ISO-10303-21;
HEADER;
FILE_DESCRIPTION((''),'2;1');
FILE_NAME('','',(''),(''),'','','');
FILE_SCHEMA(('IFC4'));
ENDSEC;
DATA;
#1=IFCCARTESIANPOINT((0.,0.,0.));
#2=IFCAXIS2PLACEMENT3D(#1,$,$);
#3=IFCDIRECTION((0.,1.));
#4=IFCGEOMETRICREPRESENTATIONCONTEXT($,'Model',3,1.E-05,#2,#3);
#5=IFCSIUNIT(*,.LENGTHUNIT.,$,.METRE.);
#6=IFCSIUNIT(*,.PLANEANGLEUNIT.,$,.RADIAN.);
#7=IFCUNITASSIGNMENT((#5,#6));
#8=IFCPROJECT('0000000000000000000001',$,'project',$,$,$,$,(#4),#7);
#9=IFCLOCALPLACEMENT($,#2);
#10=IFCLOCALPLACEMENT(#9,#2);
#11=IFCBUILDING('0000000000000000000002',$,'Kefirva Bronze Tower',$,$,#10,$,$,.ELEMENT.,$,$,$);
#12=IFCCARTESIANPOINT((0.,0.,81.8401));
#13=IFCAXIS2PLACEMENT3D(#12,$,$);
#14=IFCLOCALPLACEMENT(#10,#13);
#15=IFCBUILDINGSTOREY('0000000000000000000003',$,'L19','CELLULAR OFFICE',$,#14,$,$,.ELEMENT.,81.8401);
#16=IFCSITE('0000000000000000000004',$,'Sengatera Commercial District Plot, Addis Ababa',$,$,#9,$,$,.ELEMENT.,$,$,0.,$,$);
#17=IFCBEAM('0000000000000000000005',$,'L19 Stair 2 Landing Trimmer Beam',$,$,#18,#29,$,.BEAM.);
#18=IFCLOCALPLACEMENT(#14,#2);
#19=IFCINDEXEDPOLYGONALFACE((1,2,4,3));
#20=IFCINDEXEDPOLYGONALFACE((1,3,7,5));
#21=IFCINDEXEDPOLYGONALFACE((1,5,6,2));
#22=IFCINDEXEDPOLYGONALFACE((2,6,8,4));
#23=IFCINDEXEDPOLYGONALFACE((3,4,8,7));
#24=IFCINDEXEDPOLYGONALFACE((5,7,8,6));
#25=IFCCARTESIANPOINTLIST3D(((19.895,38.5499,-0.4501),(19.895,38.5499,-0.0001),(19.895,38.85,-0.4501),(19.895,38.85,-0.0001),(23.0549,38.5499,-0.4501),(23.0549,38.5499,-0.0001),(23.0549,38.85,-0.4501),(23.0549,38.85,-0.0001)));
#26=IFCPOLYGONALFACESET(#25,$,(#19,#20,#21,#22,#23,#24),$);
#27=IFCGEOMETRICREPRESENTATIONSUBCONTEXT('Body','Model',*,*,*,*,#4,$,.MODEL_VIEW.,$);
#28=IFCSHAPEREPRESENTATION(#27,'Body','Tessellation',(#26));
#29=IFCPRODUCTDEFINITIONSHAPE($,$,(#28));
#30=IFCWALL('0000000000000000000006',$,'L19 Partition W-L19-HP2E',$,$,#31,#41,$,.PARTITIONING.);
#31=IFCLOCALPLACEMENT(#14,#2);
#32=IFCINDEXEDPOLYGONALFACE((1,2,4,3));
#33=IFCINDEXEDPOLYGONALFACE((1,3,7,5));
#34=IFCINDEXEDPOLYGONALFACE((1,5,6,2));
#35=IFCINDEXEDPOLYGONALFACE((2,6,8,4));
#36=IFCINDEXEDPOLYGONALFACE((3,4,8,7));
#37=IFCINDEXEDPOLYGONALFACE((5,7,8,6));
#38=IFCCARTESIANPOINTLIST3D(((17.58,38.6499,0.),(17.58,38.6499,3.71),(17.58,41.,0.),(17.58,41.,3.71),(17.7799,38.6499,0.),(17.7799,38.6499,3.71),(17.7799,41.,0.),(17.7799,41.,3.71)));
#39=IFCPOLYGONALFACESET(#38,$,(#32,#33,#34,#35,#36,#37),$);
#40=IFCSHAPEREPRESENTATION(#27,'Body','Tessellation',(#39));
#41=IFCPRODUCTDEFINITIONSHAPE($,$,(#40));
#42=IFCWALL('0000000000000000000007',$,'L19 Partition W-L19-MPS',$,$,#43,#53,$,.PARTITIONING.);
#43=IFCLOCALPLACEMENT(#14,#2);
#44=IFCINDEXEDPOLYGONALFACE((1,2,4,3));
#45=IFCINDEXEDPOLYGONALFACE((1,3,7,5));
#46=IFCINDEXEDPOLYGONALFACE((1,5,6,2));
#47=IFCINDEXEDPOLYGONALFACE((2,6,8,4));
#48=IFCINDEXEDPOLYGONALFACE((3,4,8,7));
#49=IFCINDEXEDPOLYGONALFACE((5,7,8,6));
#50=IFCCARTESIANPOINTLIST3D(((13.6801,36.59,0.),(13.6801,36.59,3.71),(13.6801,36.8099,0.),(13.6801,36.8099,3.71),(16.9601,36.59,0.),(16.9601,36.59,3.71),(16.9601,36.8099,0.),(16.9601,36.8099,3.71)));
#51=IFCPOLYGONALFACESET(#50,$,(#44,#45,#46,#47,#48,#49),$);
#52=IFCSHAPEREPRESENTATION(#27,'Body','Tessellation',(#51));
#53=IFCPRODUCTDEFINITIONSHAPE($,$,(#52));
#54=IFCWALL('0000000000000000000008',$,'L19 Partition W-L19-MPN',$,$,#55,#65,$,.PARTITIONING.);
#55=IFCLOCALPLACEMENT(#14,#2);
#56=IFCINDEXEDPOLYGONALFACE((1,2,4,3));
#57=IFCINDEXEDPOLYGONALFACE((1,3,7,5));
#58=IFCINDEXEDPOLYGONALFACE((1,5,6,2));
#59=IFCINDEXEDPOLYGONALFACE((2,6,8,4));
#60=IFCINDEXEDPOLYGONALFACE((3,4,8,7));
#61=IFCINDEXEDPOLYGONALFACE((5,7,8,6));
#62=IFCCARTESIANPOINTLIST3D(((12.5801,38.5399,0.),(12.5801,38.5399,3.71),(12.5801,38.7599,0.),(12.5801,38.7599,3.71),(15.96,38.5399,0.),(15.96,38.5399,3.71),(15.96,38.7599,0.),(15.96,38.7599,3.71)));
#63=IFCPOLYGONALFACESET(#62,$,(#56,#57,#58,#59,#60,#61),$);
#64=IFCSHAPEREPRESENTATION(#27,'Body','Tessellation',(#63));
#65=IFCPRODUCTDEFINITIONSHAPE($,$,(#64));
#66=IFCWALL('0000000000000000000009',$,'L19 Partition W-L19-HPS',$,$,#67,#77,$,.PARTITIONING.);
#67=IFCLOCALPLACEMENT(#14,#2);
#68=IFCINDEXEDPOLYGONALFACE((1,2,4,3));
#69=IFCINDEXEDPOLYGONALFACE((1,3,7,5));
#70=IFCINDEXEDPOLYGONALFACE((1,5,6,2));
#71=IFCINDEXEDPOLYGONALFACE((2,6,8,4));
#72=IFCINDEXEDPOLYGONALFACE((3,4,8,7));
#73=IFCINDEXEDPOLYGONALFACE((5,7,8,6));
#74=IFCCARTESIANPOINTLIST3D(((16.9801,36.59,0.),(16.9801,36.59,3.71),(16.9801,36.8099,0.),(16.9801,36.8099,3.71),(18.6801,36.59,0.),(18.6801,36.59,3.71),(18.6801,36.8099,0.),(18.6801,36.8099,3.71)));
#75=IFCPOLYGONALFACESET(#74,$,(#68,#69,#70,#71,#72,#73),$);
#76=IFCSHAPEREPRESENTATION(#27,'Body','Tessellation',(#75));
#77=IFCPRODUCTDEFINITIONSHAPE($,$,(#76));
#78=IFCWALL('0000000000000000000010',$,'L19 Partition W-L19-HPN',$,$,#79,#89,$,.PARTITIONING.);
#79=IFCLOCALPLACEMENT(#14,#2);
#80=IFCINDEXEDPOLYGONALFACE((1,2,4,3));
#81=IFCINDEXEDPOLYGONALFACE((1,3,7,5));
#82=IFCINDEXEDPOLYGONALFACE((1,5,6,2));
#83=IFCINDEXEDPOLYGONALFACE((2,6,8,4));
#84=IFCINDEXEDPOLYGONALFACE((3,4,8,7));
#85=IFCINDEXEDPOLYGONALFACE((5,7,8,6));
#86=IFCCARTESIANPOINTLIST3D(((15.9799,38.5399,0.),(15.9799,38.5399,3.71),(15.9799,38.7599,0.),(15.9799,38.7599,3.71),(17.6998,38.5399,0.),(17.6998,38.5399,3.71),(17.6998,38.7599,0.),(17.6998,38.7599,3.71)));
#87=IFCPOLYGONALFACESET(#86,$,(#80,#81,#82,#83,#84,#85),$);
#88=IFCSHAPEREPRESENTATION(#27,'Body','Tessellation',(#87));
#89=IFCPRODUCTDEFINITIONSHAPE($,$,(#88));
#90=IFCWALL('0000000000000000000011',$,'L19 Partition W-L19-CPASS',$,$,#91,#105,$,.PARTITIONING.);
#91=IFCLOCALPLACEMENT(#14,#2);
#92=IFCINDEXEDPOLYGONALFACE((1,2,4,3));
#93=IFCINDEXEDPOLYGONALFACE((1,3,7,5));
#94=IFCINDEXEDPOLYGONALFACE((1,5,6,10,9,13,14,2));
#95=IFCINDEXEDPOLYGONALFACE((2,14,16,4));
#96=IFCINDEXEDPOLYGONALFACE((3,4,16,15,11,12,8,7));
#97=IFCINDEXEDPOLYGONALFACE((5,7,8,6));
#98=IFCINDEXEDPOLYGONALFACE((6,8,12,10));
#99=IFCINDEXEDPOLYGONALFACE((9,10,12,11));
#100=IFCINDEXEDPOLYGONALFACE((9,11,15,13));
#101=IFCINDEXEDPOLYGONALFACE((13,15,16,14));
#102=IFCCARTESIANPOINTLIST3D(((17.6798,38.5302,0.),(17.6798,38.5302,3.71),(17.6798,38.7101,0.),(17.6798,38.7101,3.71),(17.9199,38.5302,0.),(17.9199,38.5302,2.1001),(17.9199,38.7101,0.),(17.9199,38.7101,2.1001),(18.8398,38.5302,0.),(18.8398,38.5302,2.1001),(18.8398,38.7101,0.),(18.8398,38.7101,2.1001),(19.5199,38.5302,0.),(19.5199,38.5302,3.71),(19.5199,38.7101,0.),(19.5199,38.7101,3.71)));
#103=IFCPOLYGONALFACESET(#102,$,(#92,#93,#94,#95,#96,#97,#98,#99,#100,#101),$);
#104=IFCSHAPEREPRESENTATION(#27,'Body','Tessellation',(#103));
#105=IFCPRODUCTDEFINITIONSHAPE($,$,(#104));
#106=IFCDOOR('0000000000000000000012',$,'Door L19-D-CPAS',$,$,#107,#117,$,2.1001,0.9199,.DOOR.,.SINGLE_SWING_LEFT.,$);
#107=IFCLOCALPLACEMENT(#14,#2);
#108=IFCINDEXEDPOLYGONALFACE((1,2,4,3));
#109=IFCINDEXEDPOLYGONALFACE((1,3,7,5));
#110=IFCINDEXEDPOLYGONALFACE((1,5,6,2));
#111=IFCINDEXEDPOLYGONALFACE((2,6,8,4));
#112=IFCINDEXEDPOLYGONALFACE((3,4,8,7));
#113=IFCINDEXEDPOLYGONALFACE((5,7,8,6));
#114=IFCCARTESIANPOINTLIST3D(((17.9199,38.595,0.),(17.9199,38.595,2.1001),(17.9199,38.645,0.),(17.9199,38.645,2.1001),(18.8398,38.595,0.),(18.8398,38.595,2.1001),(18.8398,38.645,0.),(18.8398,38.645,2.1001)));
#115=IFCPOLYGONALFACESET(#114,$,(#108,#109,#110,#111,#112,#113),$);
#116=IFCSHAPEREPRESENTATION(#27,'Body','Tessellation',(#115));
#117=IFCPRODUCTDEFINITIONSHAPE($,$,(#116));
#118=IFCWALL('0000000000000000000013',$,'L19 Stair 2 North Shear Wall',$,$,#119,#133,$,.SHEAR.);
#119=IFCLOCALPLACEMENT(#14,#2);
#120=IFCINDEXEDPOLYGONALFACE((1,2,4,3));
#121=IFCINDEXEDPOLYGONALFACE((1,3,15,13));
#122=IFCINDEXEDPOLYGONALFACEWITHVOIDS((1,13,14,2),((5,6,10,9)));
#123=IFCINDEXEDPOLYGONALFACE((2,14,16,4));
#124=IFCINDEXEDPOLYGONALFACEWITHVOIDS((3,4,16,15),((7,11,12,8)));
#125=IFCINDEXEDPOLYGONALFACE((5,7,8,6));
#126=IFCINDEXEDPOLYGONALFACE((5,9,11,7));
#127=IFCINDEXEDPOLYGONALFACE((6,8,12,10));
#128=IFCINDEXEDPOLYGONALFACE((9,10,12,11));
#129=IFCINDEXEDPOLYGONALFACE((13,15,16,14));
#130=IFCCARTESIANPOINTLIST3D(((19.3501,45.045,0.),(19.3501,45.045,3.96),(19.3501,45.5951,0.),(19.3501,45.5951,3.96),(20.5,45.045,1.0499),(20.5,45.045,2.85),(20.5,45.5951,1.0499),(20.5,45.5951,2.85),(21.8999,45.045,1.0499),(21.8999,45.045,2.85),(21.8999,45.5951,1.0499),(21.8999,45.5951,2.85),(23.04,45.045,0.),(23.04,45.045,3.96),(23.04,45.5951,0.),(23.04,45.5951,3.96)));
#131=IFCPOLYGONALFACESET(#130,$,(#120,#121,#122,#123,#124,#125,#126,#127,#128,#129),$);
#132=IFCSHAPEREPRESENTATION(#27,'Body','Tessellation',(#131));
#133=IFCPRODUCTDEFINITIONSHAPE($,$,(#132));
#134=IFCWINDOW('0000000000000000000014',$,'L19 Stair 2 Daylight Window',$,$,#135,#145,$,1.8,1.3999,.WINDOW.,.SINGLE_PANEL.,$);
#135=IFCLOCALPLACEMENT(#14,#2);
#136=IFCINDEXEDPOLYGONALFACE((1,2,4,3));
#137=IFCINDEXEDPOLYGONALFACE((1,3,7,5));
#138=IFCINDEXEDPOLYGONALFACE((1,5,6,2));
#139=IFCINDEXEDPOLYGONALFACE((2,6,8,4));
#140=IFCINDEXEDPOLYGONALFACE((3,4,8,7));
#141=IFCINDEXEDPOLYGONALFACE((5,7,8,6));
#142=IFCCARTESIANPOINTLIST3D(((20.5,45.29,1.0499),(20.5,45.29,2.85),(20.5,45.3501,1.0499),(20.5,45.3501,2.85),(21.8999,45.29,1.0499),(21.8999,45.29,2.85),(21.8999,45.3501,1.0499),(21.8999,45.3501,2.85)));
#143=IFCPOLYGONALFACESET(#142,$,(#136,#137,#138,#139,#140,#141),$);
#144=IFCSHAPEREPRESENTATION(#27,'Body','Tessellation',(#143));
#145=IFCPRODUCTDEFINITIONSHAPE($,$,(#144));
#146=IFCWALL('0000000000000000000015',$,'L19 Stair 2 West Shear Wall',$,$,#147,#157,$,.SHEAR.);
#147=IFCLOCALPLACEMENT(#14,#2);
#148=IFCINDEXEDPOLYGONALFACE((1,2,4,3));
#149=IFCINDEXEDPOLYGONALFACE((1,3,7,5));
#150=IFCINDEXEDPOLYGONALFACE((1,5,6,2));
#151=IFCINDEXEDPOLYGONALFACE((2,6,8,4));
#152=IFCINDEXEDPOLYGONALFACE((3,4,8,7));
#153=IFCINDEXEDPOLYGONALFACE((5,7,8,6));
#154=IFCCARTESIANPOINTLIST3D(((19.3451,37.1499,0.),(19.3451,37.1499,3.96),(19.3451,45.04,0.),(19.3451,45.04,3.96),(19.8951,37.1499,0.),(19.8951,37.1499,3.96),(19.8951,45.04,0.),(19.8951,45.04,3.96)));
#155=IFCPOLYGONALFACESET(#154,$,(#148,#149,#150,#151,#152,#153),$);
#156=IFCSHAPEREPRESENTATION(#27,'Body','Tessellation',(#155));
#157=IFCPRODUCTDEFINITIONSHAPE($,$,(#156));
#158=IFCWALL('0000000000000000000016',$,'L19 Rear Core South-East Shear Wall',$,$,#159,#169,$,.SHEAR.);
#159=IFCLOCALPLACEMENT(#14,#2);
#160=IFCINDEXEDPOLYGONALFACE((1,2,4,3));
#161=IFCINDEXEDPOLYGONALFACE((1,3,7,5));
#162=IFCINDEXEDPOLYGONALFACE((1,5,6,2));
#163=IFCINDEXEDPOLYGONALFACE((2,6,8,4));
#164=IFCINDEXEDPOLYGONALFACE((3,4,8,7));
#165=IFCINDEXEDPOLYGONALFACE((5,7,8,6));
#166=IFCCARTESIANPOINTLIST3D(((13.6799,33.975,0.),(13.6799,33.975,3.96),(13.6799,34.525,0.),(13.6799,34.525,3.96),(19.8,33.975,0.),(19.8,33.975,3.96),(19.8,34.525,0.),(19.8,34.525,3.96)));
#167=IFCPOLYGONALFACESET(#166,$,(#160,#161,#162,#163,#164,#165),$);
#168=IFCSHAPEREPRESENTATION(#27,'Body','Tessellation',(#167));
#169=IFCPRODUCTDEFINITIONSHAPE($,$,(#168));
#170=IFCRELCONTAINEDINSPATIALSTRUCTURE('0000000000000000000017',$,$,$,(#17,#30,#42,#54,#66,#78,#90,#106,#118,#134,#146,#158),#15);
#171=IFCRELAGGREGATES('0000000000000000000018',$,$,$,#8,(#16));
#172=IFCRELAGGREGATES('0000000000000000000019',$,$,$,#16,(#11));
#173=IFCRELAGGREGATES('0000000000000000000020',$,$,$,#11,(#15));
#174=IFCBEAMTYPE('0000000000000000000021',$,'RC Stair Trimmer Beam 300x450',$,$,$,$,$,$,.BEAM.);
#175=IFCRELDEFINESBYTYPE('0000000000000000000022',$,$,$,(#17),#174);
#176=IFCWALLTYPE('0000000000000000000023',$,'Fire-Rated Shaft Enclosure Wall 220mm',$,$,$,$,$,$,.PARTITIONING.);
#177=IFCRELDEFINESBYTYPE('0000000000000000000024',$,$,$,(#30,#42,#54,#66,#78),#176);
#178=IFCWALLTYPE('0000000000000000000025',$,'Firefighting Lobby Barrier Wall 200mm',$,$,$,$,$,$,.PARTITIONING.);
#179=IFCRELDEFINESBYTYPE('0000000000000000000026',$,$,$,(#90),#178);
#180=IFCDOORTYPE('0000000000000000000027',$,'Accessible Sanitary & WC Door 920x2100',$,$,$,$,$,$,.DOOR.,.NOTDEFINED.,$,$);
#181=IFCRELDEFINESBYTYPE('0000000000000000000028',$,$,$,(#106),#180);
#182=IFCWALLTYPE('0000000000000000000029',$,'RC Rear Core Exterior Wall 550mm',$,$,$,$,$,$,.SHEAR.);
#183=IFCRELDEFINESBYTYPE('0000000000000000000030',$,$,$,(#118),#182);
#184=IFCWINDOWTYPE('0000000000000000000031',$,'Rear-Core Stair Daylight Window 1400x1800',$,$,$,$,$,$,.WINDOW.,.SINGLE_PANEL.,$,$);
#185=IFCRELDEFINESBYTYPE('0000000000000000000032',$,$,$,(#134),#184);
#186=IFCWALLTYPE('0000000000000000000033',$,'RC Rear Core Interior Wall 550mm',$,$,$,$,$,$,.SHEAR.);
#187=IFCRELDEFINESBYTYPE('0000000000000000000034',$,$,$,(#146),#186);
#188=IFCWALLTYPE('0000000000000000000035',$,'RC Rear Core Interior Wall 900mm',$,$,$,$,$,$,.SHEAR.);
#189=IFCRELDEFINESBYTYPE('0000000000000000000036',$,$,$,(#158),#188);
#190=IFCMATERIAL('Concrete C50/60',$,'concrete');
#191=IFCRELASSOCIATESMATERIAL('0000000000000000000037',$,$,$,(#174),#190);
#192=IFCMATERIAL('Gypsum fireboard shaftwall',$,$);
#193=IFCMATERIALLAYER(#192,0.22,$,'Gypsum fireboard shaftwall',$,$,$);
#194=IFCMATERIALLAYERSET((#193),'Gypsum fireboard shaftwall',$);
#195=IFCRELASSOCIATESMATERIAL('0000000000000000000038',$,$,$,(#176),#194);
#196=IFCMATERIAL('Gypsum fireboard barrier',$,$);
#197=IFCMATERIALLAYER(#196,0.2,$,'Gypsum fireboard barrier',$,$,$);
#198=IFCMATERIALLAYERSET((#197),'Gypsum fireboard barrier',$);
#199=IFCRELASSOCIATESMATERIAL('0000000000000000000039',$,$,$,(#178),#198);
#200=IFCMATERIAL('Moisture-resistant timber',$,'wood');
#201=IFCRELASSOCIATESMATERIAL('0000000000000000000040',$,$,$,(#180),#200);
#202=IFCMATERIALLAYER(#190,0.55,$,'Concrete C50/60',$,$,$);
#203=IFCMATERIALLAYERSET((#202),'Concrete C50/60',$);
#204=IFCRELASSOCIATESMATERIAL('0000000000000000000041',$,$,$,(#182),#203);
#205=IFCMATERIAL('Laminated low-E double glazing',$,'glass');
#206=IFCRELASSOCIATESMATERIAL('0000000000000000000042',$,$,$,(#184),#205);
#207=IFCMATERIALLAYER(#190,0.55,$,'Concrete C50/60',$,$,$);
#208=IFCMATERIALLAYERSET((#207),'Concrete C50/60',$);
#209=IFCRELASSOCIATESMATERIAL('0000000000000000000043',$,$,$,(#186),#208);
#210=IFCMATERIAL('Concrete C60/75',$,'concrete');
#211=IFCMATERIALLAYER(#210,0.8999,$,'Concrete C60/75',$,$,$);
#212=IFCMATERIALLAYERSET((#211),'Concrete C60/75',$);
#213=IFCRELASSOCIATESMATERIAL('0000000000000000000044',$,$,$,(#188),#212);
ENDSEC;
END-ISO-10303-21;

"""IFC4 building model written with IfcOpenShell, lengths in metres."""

from ifc_helpers import new_model, si_unit, direction, frame, frame_2d, origin, origin_2d, place, context, subcontext, project, spatial, rectangle, extrude, material, layer, layer_set, material_profile, profile_set, type_object, element, fill, save


model = new_model("IFC4")

# Units and contexts
model_context = context("Model", 3, precision=1e-05, world=origin(), true_north=direction((0.0, 1.0)))
body_context = subcontext(model_context, "Body", "Model", "MODEL_VIEW")
ifc_project = project(units=[si_unit("LENGTHUNIT", "METRE"), si_unit("PLANEANGLEUNIT", "RADIAN")], contexts=[model_context])

# Site, building, storey
site_placement = place(None, origin())
site = spatial("IfcSite", under=ifc_project, at=site_placement, Name="Sengatera Commercial District Plot, Addis Ababa", CompositionType="ELEMENT", RefElevation=0.0)
building_placement = place(site_placement, origin())
building = spatial("IfcBuilding", under=site, at=building_placement, Name="Kefirva Bronze Tower", CompositionType="ELEMENT")
storey_placement = place(building_placement, frame((0.0, 0.0, 81.8401)))
storey = spatial("IfcBuildingStorey", under=building, at=storey_placement, Name="L19", Description="CELLULAR OFFICE", CompositionType="ELEMENT", Elevation=81.8401)

# Beam
ifc_material_1 = material(Name="Concrete C50/60", Category="concrete")
ifc_material_profile = material_profile(ifc_material_1, rectangle(XDim=0.3, YDim=0.45, at=origin_2d()), Name="RC 300x450")
ifc_profile_set = profile_set([ifc_material_profile], Name="Concrete C50/60")
beam_type = type_object("IfcBeamType", Name="RC Stair Trimmer Beam 300x450", PredefinedType="BEAM", material=ifc_profile_set)
beam_placement = place(storey_placement, frame((19.895, 38.7, -0.2251), z_axis=(1.0, 0.0, 0.0), x_axis=(0.0, 1.0, 0.0)))
element("IfcBeam", 1, at=beam_placement, inside=storey, type_object=beam_type, Name="L19 Stair 2 Landing Trimmer Beam", PredefinedType="BEAM", context=body_context, shape_type="SweptSolid", body=[
    extrude(rectangle(XDim=0.3, YDim=0.45, at=origin_2d()), origin(), (0.0, 0.0, 1.0), 3.1599),
])

# Walls
ifc_material_2 = material(Name="Gypsum fireboard shaftwall")
ifc_layer_1 = layer(ifc_material_2, 0.22, Name="Gypsum fireboard shaftwall")
ifc_layer_set_1 = layer_set([ifc_layer_1], Name="Gypsum fireboard shaftwall")
wall_type_1 = type_object("IfcWallType", Name="Fire-Rated Shaft Enclosure Wall 220mm", PredefinedType="PARTITIONING", material=ifc_layer_set_1)
wall_1_placement = place(storey_placement, frame((17.6799, 38.6499, 0.0), z_axis=(0.0, 0.0, 1.0), x_axis=(0.0, 1.0, 0.0)))
element("IfcWall", 2, at=wall_1_placement, inside=storey, type_object=wall_type_1, Name="L19 Partition W-L19-HP2E", PredefinedType="PARTITIONING", context=body_context, shape_type="SweptSolid", body=[
    extrude(rectangle(XDim=2.3501, YDim=0.2, at=frame_2d((1.175, 0.0))), origin(), (0.0, 0.0, 1.0), 3.71),
])
wall_2_placement = place(storey_placement, frame((13.6799, 36.7, 0.0), z_axis=(0.0, 0.0, 1.0), x_axis=(1.0, 0.0, 0.0)))
element("IfcWall", 3, at=wall_2_placement, inside=storey, type_object=wall_type_1, Name="L19 Partition W-L19-MPS", PredefinedType="PARTITIONING", context=body_context, shape_type="SweptSolid", body=[
    extrude(rectangle(XDim=3.28, YDim=0.22, at=frame_2d((1.6401, 0.0))), origin(), (0.0, 0.0, 1.0), 3.71),
])
wall_3_placement = place(storey_placement, frame((12.5801, 38.6499, 0.0), z_axis=(0.0, 0.0, 1.0), x_axis=(1.0, 0.0, 0.0)))
element("IfcWall", 4, at=wall_3_placement, inside=storey, type_object=wall_type_1, Name="L19 Partition W-L19-MPN", PredefinedType="PARTITIONING", context=body_context, shape_type="SweptSolid", body=[
    extrude(rectangle(XDim=3.3799, YDim=0.22, at=frame_2d((1.6899, 0.0))), origin(), (0.0, 0.0, 1.0), 3.71),
])
wall_4_placement = place(storey_placement, frame((16.98, 36.7, 0.0), z_axis=(0.0, 0.0, 1.0), x_axis=(1.0, 0.0, 0.0)))
element("IfcWall", 5, at=wall_4_placement, inside=storey, type_object=wall_type_1, Name="L19 Partition W-L19-HPS", PredefinedType="PARTITIONING", context=body_context, shape_type="SweptSolid", body=[
    extrude(rectangle(XDim=1.7, YDim=0.22, at=frame_2d((0.8501, 0.0))), origin(), (0.0, 0.0, 1.0), 3.71),
])
wall_5_placement = place(storey_placement, frame((15.98, 38.6499, 0.0), z_axis=(0.0, 0.0, 1.0), x_axis=(1.0, 0.0, 0.0)))
element("IfcWall", 6, at=wall_5_placement, inside=storey, type_object=wall_type_1, Name="L19 Partition W-L19-HPN", PredefinedType="PARTITIONING", context=body_context, shape_type="SweptSolid", body=[
    extrude(rectangle(XDim=1.72, YDim=0.22, at=frame_2d((0.8599, 0.0))), origin(), (0.0, 0.0, 1.0), 3.71),
])

# Wall, opening, door
ifc_material_3 = material(Name="Gypsum fireboard barrier")
ifc_layer_2 = layer(ifc_material_3, 0.2, Name="Gypsum fireboard barrier")
ifc_layer_set_2 = layer_set([ifc_layer_2], Name="Gypsum fireboard barrier")
wall_type_2 = type_object("IfcWallType", Name="Firefighting Lobby Barrier Wall 200mm", PredefinedType="PARTITIONING", material=ifc_layer_set_2)
wall_6_placement = place(storey_placement, frame((17.6799, 38.6201, 0.0), z_axis=(0.0, 0.0, 1.0), x_axis=(1.0, 0.0, 0.0)))
wall_6 = element("IfcWall", 7, at=wall_6_placement, inside=storey, type_object=wall_type_2, Name="L19 Partition W-L19-CPASS", PredefinedType="PARTITIONING", context=body_context, shape_type="SweptSolid", body=[
    extrude(rectangle(XDim=1.8401, YDim=0.1799, at=frame_2d((0.9199, 0.0))), origin(), (0.0, 0.0, 1.0), 3.71),
])
opening_1_placement = place(wall_6_placement, frame((0.24, 0.0, 0.0)))
opening_1 = element("IfcOpeningElement", 8, at=opening_1_placement, cuts=wall_6, PredefinedType="OPENING", context=body_context, shape_type="SweptSolid", body=[
    extrude(rectangle(XDim=0.9199, YDim=2.1001, at=frame_2d((0.46, 1.05))), frame((0.0, 0.1001, 0.0), z_axis=(0.0, -1.0, 0.0), x_axis=(1.0, 0.0, 0.0)), (0.0, 0.0, 1.0), 0.2),
])
ifc_material_4 = material(Name="Moisture-resistant timber", Category="wood")
door_type_1 = type_object("IfcDoorType", Name="Accessible Sanitary & WC Door 920x2100", OperationType="NOTDEFINED", PredefinedType="DOOR", material=ifc_material_4)
door_1_placement = place(opening_1_placement, origin())
door_1 = element("IfcDoor", 9, at=door_1_placement, inside=storey, type_object=door_type_1, Name="Door L19-D-CPAS", OperationType="SINGLE_SWING_LEFT", OverallHeight=2.1001, OverallWidth=0.9199, PredefinedType="DOOR", context=body_context, shape_type="SweptSolid", body=[
    extrude(rectangle(XDim=0.9199, YDim=2.1001, at=frame_2d((0.46, 1.05))), frame((0.0, 0.0249, 0.0), z_axis=(0.0, -1.0, 0.0), x_axis=(1.0, 0.0, 0.0)), (0.0, 0.0, 1.0), 0.05),
])
fill(opening_1, door_1)

# Wall, opening, window
ifc_layer_3 = layer(ifc_material_1, 0.55, Name="Concrete C50/60")
ifc_layer_set_3 = layer_set([ifc_layer_3], Name="Concrete C50/60")
wall_type_3 = type_object("IfcWallType", Name="RC Rear Core Exterior Wall 550mm", PredefinedType="SHEAR", material=ifc_layer_set_3)
wall_7_placement = place(storey_placement, frame((19.3501, 45.3201, 0.0), z_axis=(0.0, 0.0, 1.0), x_axis=(1.0, 0.0, 0.0)))
wall_7 = element("IfcWall", 10, at=wall_7_placement, inside=storey, type_object=wall_type_3, Name="L19 Stair 2 North Shear Wall", PredefinedType="SHEAR", context=body_context, shape_type="SweptSolid", body=[
    extrude(rectangle(XDim=3.6899, YDim=0.55, at=frame_2d((1.845, 0.0))), origin(), (0.0, 0.0, 1.0), 3.96),
])
opening_2_placement = place(wall_7_placement, frame((1.1499, 0.0, 1.05)))
opening_2 = element("IfcOpeningElement", 11, at=opening_2_placement, cuts=wall_7, PredefinedType="OPENING", context=body_context, shape_type="SweptSolid", body=[
    extrude(rectangle(XDim=1.3999, YDim=1.8, at=frame_2d((0.7, 0.8999))), frame((0.0, 0.2852, 0.0), z_axis=(0.0, -1.0, 0.0), x_axis=(1.0, 0.0, 0.0)), (0.0, 0.0, 1.0), 0.5701),
])
ifc_material_5 = material(Name="Laminated low-E double glazing", Category="glass")
window_type = type_object("IfcWindowType", Name="Rear-Core Stair Daylight Window 1400x1800", PartitioningType="SINGLE_PANEL", PredefinedType="WINDOW", material=ifc_material_5)
window_placement = place(opening_2_placement, origin())
window = element("IfcWindow", 12, at=window_placement, inside=storey, type_object=window_type, Name="L19 Stair 2 Daylight Window", OverallHeight=1.8, OverallWidth=1.3999, PartitioningType="SINGLE_PANEL", PredefinedType="WINDOW", context=body_context, shape_type="SweptSolid", body=[
    extrude(rectangle(XDim=1.3999, YDim=1.8, at=frame_2d((0.7, 0.8999))), frame((0.0, 0.03, 0.0), z_axis=(0.0, -1.0, 0.0), x_axis=(1.0, 0.0, 0.0)), (0.0, 0.0, 1.0), 0.0601),
])
fill(opening_2, window)

# Walls
ifc_layer_4 = layer(ifc_material_1, 0.55, Name="Concrete C50/60")
ifc_layer_set_4 = layer_set([ifc_layer_4], Name="Concrete C50/60")
wall_type_4 = type_object("IfcWallType", Name="RC Rear Core Interior Wall 550mm", PredefinedType="SHEAR", material=ifc_layer_set_4)
wall_8_placement = place(storey_placement, frame((19.6201, 37.1499, 0.0), z_axis=(0.0, 0.0, 1.0), x_axis=(0.0, 1.0, 0.0)))
element("IfcWall", 13, at=wall_8_placement, inside=storey, type_object=wall_type_4, Name="L19 Stair 2 West Shear Wall", PredefinedType="SHEAR", context=body_context, shape_type="SweptSolid", body=[
    extrude(rectangle(XDim=7.8901, YDim=0.55, at=frame_2d((3.9451, 0.0))), origin(), (0.0, 0.0, 1.0), 3.96),
])
ifc_material_6 = material(Name="Concrete C60/75", Category="concrete")
ifc_layer_5 = layer(ifc_material_6, 0.8999, Name="Concrete C60/75")
ifc_layer_set_5 = layer_set([ifc_layer_5], Name="Concrete C60/75")
wall_type_5 = type_object("IfcWallType", Name="RC Rear Core Interior Wall 900mm", PredefinedType="SHEAR", material=ifc_layer_set_5)
wall_9_placement = place(storey_placement, frame((13.6799, 34.25, 0.0), z_axis=(0.0, 0.0, 1.0), x_axis=(1.0, 0.0, 0.0)))
element("IfcWall", 14, at=wall_9_placement, inside=storey, type_object=wall_type_5, Name="L19 Rear Core South-East Shear Wall", PredefinedType="SHEAR", context=body_context, shape_type="SweptSolid", body=[
    extrude(rectangle(XDim=6.1201, YDim=0.55, at=frame_2d((3.0601, 0.0))), origin(), (0.0, 0.0, 1.0), 3.96),
])

save(model, "model.ifc")
